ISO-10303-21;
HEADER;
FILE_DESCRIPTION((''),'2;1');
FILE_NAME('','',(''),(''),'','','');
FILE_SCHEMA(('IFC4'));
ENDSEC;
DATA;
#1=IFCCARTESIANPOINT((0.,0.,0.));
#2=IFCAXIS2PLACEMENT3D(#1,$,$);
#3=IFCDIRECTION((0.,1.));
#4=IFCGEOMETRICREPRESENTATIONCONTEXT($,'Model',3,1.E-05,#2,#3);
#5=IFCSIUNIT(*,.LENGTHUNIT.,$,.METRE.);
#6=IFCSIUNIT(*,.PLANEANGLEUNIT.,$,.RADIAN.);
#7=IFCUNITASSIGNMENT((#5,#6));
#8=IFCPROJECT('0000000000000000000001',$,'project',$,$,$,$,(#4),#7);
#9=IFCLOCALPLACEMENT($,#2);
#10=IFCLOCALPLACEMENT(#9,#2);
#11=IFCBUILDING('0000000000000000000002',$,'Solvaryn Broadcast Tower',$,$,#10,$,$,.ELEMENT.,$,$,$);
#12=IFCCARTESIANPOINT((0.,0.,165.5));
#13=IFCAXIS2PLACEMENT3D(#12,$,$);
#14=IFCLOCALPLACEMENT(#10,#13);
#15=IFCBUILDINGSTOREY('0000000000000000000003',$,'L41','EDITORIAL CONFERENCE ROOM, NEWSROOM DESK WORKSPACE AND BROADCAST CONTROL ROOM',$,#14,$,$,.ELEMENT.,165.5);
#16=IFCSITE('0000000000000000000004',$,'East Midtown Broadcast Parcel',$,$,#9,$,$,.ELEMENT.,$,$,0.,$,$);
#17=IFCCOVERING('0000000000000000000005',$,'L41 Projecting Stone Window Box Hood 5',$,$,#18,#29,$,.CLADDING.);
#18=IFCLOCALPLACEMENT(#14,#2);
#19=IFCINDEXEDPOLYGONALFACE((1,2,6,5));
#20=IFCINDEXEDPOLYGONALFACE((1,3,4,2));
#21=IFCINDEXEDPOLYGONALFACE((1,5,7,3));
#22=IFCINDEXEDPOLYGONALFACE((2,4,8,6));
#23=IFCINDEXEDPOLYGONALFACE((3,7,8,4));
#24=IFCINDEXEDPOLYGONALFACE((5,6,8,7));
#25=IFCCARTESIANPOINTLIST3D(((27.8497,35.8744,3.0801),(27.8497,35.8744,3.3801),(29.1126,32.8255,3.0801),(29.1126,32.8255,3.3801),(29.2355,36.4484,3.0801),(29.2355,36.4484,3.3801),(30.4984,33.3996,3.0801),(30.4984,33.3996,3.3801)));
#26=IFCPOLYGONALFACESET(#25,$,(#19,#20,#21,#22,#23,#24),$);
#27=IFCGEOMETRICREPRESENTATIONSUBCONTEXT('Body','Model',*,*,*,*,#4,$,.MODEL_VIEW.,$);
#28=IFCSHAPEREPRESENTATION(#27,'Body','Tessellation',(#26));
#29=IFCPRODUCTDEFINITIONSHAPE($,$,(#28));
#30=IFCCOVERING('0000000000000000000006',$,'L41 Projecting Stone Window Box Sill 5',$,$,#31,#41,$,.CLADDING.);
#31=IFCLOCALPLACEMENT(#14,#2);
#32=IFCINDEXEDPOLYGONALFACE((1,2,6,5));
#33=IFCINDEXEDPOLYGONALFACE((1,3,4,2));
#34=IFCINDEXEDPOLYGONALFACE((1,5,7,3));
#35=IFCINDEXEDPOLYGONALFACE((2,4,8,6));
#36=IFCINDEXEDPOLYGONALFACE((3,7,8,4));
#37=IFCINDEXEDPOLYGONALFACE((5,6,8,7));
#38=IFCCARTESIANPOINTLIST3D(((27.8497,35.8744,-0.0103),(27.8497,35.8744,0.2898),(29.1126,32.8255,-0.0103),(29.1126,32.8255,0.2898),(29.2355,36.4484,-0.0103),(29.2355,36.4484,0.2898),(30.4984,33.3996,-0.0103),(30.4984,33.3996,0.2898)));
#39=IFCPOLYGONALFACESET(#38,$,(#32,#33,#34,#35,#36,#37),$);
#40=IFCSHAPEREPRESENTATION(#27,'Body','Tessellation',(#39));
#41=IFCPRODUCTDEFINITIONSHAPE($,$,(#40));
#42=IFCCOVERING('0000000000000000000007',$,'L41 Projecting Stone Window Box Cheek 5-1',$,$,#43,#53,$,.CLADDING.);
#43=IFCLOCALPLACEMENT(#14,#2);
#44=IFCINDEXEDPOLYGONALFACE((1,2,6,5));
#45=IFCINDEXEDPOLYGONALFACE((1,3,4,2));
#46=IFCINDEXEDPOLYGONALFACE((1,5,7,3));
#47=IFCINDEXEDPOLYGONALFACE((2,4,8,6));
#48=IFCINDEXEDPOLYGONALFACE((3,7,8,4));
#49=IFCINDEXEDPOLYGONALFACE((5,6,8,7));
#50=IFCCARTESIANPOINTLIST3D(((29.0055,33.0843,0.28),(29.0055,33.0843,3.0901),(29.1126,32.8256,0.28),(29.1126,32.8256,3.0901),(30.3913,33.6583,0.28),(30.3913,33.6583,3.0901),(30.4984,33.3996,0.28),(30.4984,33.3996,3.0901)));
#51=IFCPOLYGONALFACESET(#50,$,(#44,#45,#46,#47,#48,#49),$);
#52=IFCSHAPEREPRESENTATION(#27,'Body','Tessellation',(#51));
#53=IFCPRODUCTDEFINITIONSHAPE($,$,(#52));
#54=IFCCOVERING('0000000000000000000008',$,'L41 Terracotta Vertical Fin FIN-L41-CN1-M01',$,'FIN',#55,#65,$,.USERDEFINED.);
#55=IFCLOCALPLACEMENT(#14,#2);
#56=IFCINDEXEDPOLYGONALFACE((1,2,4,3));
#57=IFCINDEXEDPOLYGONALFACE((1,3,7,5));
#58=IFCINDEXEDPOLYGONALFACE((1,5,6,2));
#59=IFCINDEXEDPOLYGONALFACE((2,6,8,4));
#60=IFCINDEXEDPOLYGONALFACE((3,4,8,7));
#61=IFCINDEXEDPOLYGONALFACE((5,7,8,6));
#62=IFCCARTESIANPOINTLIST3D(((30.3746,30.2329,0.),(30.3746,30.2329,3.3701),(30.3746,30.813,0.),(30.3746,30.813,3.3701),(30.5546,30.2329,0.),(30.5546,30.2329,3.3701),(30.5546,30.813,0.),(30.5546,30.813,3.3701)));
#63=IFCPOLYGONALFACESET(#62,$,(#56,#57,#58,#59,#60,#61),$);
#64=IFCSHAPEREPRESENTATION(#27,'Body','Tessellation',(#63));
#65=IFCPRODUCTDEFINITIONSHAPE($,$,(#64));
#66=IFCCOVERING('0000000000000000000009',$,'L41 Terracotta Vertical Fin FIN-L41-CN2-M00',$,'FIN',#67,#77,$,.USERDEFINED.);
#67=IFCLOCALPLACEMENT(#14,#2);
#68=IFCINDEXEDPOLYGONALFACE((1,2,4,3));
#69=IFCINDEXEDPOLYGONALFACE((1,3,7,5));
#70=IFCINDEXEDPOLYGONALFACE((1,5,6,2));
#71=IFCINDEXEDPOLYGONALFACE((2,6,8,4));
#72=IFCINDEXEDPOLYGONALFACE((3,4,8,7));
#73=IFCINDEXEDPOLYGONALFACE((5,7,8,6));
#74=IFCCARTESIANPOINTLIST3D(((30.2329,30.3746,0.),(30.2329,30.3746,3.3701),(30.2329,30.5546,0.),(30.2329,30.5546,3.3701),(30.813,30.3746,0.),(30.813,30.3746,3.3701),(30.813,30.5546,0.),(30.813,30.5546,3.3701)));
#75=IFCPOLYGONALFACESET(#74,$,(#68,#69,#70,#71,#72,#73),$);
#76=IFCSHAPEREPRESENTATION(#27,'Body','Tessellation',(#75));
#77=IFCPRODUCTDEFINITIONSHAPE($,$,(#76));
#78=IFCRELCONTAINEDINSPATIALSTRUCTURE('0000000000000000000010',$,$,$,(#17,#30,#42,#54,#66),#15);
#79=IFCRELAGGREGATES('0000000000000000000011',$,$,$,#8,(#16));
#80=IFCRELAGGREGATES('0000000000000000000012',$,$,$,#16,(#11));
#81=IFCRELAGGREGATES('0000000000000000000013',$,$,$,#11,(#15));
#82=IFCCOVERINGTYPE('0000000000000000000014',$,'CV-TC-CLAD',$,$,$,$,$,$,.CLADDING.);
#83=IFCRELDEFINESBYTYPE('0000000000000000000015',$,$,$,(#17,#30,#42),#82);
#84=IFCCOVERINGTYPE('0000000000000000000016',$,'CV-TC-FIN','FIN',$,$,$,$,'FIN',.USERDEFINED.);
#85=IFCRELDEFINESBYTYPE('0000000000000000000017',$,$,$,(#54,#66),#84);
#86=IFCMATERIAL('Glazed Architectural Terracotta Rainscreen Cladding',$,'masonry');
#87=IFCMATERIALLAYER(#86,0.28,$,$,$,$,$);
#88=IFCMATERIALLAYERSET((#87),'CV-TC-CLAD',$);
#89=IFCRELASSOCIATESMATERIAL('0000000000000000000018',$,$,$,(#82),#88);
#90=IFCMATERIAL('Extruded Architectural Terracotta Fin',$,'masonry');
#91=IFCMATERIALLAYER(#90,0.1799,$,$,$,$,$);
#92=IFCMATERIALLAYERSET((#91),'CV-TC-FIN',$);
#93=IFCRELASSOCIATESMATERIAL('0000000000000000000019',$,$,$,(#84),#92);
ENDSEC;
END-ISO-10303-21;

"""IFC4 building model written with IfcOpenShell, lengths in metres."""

from ifc_helpers import new_model, si_unit, direction, frame, origin, origin_2d, place, context, subcontext, project, spatial, rectangle, extrude, material, layer, layer_set, type_object, element, save


model = new_model("IFC4")

# Units and contexts
model_context = context("Model", 3, precision=1e-05, world=origin(), true_north=direction((0.0, 1.0)))
body_context = subcontext(model_context, "Body", "Model", "MODEL_VIEW")
ifc_project = project(units=[si_unit("LENGTHUNIT", "METRE"), si_unit("PLANEANGLEUNIT", "RADIAN")], contexts=[model_context])

# Site, building, storey
site_placement = place(None, origin())
site = spatial("IfcSite", under=ifc_project, at=site_placement, Name="East Midtown Broadcast Parcel", CompositionType="ELEMENT", RefElevation=0.0)
building_placement = place(site_placement, origin())
building = spatial("IfcBuilding", under=site, at=building_placement, Name="Solvaryn Broadcast Tower", CompositionType="ELEMENT")
storey_placement = place(building_placement, frame((0.0, 0.0, 165.5)))
storey = spatial("IfcBuildingStorey", under=building, at=storey_placement, Name="L41", Description="EDITORIAL CONFERENCE ROOM, NEWSROOM DESK WORKSPACE AND BROADCAST CONTROL ROOM", CompositionType="ELEMENT", Elevation=165.5)

# Coverings
ifc_material_1 = material(Name="Glazed Architectural Terracotta Rainscreen Cladding", Category="masonry")
ifc_layer_1 = layer(ifc_material_1, 0.28)
ifc_layer_set_1 = layer_set([ifc_layer_1], Name="CV-TC-CLAD")
covering_type_1 = type_object("IfcCoveringType", Name="CV-TC-CLAD", PredefinedType="CLADDING", material=ifc_layer_set_1)
for number, where, z_axis, x_axis, name in (
    (1, (29.1741, 34.637, 3.0801), (0.0, 0.0, 1.0), (-0.382683, 0.92388, 0.0), "L41 Projecting Stone Window Box Hood 5"),
    (2, (29.1741, 34.637, -0.0103), (0.0, 0.0, 1.0), (-0.382683, 0.92388, 0.0), "L41 Projecting Stone Window Box Sill 5"),
):
    element("IfcCovering", number, at=place(storey_placement, frame(where, z_axis=z_axis, x_axis=x_axis)), inside=storey, type_object=covering_type_1, Name=name, PredefinedType="CLADDING", context=body_context, shape_type="SweptSolid", body=[
        extrude(rectangle(XDim=3.3, YDim=1.5, at=origin_2d()), origin(), (0.0, 0.0, 1.0), 0.3),
    ])
covering_1_placement = place(storey_placement, frame((29.752, 33.2419, 0.28), z_axis=(0.0, 0.0, 1.0), x_axis=(-0.382683, 0.92388, 0.0)))
element("IfcCovering", 3, at=covering_1_placement, inside=storey, type_object=covering_type_1, Name="L41 Projecting Stone Window Box Cheek 5-1", PredefinedType="CLADDING", context=body_context, shape_type="SweptSolid", body=[
    extrude(rectangle(XDim=0.28, YDim=1.5, at=origin_2d()), origin(), (0.0, 0.0, 1.0), 2.8101),
])
ifc_material_2 = material(Name="Extruded Architectural Terracotta Fin", Category="masonry")
ifc_layer_2 = layer(ifc_material_2, 0.1799)
ifc_layer_set_2 = layer_set([ifc_layer_2], Name="CV-TC-FIN")
covering_type_2 = type_object("IfcCoveringType", Name="CV-TC-FIN", Description="FIN", ElementType="FIN", PredefinedType="USERDEFINED", material=ifc_layer_set_2)
covering_2_placement = place(storey_placement, frame((30.4646, 30.5229, 0.0), z_axis=(0.0, 0.0, 1.0), x_axis=(1.0, 0.0, 0.0)))
element("IfcCovering", 4, at=covering_2_placement, inside=storey, type_object=covering_type_2, Name="L41 Terracotta Vertical Fin FIN-L41-CN1-M01", ObjectType="FIN", PredefinedType="USERDEFINED", context=body_context, shape_type="SweptSolid", body=[
    extrude(rectangle(XDim=0.1799, YDim=0.5801, at=origin_2d()), origin(), (0.0, 0.0, 1.0), 3.3701),
])
covering_3_placement = place(storey_placement, frame((30.5229, 30.4646, 0.0), z_axis=(0.0, 0.0, 1.0), x_axis=(1.0, 0.0, 0.0)))
element("IfcCovering", 5, at=covering_3_placement, inside=storey, type_object=covering_type_2, Name="L41 Terracotta Vertical Fin FIN-L41-CN2-M00", ObjectType="FIN", PredefinedType="USERDEFINED", context=body_context, shape_type="SweptSolid", body=[
    extrude(rectangle(XDim=0.5801, YDim=0.1799, at=origin_2d()), origin(), (0.0, 0.0, 1.0), 3.3701),
])

save(model, "model.ifc")
